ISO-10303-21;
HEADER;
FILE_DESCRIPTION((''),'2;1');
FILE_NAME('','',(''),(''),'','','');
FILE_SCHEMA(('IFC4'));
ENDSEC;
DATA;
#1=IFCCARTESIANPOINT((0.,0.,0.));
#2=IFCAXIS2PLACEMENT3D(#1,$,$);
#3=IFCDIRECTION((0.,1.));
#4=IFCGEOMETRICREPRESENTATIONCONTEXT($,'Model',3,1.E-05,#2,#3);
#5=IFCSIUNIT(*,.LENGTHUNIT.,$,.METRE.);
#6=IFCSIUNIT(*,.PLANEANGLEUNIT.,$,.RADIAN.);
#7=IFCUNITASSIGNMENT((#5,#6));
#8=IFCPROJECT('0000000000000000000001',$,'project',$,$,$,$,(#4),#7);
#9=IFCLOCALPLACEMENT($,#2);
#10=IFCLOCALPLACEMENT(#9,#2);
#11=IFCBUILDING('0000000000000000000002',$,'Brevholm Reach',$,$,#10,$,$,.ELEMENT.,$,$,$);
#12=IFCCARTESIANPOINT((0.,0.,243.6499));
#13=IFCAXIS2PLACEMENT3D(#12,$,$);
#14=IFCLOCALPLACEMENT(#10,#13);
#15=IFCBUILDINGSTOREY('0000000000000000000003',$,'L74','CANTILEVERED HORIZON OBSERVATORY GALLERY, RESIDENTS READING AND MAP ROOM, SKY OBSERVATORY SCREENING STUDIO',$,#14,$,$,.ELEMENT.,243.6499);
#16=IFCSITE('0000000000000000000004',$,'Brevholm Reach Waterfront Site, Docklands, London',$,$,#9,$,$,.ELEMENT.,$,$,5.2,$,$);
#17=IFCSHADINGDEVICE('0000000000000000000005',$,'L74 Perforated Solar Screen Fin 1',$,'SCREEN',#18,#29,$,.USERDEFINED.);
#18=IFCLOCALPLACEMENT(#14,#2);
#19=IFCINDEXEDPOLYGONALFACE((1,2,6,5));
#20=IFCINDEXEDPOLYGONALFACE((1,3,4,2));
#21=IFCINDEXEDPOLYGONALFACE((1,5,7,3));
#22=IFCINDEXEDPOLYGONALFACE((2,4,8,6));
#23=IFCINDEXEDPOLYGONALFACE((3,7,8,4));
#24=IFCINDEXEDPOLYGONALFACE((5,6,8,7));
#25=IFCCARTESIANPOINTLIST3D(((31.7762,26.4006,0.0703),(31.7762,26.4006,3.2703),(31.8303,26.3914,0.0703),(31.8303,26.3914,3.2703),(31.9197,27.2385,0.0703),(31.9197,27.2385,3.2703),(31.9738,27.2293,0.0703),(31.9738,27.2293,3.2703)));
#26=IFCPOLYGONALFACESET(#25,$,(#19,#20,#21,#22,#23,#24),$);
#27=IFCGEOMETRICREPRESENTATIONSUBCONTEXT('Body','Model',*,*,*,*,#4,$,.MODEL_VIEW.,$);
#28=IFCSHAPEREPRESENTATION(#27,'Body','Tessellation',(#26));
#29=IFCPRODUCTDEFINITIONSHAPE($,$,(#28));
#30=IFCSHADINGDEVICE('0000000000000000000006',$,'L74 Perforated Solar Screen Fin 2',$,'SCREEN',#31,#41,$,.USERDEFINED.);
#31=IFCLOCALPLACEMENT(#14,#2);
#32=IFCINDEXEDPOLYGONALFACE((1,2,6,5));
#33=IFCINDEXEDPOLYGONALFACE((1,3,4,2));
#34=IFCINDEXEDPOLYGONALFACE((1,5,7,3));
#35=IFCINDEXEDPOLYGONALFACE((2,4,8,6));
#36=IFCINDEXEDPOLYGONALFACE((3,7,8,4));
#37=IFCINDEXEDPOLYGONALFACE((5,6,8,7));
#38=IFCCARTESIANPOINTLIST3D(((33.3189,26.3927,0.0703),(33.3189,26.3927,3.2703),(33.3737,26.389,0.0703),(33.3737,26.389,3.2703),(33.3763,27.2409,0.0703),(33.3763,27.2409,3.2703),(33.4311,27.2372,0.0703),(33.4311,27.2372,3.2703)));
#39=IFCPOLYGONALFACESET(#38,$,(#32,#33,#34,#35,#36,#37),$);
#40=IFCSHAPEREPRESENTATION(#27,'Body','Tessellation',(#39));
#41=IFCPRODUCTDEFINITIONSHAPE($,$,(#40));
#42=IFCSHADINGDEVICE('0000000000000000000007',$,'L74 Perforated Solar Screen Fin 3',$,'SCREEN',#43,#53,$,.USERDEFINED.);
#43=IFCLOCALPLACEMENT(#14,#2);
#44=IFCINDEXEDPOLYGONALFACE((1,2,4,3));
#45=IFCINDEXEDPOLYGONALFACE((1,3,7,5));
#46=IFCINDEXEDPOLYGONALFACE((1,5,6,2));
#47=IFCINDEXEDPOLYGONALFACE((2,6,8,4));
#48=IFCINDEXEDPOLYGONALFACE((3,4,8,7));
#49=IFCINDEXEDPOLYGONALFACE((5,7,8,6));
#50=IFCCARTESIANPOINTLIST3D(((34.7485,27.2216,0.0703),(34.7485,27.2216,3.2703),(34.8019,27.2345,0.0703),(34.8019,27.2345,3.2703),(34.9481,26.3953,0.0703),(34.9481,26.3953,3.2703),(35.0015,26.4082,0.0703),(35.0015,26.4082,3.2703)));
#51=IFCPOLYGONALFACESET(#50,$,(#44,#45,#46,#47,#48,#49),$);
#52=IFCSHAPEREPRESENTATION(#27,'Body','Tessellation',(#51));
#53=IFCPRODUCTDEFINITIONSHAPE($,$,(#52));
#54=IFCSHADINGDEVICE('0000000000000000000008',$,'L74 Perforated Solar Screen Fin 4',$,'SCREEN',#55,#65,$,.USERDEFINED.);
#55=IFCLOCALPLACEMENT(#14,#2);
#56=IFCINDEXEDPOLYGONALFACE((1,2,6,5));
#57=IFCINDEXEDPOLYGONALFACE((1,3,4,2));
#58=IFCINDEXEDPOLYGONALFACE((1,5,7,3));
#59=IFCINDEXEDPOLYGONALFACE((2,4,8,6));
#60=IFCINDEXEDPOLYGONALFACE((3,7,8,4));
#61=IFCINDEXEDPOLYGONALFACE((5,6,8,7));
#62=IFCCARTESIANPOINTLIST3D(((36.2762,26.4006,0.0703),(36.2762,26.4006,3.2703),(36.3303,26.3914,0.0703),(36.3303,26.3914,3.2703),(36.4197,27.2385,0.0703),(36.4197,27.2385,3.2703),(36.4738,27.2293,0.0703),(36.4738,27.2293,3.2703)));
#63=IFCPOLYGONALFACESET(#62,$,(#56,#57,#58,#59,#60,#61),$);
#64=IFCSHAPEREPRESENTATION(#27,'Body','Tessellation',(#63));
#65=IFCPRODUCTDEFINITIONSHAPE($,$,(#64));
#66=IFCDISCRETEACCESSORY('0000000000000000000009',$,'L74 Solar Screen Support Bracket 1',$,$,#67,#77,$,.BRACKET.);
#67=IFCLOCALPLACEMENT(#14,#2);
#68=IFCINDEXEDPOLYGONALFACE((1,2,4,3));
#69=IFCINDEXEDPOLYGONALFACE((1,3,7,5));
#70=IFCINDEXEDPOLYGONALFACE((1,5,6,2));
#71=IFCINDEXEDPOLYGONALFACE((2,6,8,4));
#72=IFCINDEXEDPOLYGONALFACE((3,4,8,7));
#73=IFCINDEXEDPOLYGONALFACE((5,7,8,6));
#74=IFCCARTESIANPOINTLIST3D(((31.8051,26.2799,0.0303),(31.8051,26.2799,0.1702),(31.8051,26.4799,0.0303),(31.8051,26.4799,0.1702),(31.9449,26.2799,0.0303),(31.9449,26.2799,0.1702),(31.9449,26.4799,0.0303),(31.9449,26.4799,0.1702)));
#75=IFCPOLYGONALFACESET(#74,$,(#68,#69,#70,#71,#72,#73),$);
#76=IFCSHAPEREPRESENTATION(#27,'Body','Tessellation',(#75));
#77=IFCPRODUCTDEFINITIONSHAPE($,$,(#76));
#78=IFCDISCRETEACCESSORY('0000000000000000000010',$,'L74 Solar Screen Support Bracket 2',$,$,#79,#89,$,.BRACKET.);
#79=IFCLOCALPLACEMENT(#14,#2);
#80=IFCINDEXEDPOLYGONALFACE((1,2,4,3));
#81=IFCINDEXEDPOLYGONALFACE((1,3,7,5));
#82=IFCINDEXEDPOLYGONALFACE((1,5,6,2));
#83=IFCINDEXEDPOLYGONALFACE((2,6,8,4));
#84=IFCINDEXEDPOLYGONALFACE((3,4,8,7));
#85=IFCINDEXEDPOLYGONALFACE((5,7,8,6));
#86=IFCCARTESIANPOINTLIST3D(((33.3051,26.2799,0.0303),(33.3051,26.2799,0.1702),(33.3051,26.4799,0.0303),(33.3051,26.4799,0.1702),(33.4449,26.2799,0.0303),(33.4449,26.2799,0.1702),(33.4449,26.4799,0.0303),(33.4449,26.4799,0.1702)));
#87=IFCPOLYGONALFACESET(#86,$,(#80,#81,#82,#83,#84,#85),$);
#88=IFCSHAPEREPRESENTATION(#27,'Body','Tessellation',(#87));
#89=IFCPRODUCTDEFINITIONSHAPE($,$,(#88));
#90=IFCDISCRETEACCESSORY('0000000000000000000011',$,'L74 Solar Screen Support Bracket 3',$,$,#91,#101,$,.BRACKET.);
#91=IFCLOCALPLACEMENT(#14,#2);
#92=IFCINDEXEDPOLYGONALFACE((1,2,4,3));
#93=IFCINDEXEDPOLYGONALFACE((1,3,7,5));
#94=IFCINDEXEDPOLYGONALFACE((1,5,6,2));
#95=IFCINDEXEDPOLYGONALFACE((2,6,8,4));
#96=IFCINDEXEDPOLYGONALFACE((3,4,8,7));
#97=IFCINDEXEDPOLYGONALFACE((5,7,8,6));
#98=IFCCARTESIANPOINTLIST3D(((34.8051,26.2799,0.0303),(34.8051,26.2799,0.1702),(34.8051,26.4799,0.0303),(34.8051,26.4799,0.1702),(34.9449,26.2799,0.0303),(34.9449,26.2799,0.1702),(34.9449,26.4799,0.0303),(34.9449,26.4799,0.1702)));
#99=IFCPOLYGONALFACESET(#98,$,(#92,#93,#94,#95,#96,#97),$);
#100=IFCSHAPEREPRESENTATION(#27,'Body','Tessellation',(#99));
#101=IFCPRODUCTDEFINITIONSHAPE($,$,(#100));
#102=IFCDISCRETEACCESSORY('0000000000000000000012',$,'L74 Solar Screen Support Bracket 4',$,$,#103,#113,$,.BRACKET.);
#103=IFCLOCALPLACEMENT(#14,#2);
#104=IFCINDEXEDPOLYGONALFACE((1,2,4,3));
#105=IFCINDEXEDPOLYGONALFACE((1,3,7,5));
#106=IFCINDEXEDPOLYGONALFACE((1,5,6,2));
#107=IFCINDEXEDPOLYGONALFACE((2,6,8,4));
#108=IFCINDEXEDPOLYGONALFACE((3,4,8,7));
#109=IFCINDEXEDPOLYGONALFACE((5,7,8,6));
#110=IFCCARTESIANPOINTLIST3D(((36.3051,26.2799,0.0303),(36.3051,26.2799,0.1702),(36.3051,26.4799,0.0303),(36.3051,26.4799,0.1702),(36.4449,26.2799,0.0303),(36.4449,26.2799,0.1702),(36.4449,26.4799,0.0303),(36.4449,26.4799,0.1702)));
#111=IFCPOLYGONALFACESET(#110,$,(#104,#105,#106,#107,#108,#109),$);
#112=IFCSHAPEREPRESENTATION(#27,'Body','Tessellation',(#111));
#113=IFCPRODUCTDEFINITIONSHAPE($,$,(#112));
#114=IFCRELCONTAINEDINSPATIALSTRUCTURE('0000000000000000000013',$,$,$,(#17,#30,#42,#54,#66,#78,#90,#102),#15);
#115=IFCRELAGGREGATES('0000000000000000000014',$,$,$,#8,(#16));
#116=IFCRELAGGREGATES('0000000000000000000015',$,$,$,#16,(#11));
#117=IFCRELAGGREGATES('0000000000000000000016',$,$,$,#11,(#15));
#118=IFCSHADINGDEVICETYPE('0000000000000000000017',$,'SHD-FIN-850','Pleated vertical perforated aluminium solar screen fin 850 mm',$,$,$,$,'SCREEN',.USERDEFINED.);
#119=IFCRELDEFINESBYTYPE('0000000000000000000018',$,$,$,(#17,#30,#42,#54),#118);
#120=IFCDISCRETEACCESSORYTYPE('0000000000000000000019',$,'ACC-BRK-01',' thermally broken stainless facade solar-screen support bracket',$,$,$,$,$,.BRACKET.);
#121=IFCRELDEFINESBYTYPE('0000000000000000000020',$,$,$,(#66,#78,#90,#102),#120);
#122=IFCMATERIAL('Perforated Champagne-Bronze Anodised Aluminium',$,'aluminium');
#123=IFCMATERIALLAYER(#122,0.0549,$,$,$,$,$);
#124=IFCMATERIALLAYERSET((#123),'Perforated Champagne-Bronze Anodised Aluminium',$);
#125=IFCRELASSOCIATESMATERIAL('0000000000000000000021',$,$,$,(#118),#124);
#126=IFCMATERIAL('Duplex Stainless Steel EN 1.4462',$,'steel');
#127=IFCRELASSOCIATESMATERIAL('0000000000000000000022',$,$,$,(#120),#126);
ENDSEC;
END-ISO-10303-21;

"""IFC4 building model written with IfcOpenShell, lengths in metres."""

from ifc_helpers import new_model, si_unit, direction, frame, origin, origin_2d, place, context, subcontext, project, spatial, rectangle, extrude, material, layer, layer_set, type_object, element, save


model = new_model("IFC4")

# Units and contexts
model_context = context("Model", 3, precision=1e-05, world=origin(), true_north=direction((0.0, 1.0)))
body_context = subcontext(model_context, "Body", "Model", "MODEL_VIEW")
ifc_project = project(units=[si_unit("LENGTHUNIT", "METRE"), si_unit("PLANEANGLEUNIT", "RADIAN")], contexts=[model_context])

# Site, building, storey
site_placement = place(None, origin())
site = spatial("IfcSite", under=ifc_project, at=site_placement, Name="Brevholm Reach Waterfront Site, Docklands, London", CompositionType="ELEMENT", RefElevation=5.2)
building_placement = place(site_placement, origin())
building = spatial("IfcBuilding", under=site, at=building_placement, Name="Brevholm Reach", CompositionType="ELEMENT")
storey_placement = place(building_placement, frame((0.0, 0.0, 243.6499)))
storey = spatial("IfcBuildingStorey", under=building, at=storey_placement, Name="L74", Description="CANTILEVERED HORIZON OBSERVATORY GALLERY, RESIDENTS READING AND MAP ROOM, SKY OBSERVATORY SCREENING STUDIO", CompositionType="ELEMENT", Elevation=243.6499)

# Shading devices
ifc_material_1 = material(Name="Perforated Champagne-Bronze Anodised Aluminium", Category="aluminium")
ifc_layer_1 = layer(ifc_material_1, 0.0549)
ifc_layer_set_1 = layer_set([ifc_layer_1], Name="Perforated Champagne-Bronze Anodised Aluminium")
shading_device_type = type_object("IfcShadingDeviceType", Name="SHD-FIN-850", Description="Pleated vertical perforated aluminium solar screen fin 850 mm", ElementType="SCREEN", PredefinedType="USERDEFINED", material=ifc_layer_set_1)
for number, where, z_axis, x_axis, name in (
    (1, (31.875, 26.8149, 0.0703), (0.0, 0.0, 1.0), (0.168799, 0.98565, 0.0), "L74 Perforated Solar Screen Fin 1"),
    (2, (33.375, 26.8149, 0.0703), (0.0, 0.0, 1.0), (0.067458, 0.997722, 0.0), "L74 Perforated Solar Screen Fin 2"),
    (3, (34.875, 26.8149, 0.0703), (0.0, 0.0, 1.0), (-0.234905, 0.972018, 0.0), "L74 Perforated Solar Screen Fin 3"),
    (4, (36.375, 26.8149, 0.0703), (0.0, 0.0, 1.0), (0.168799, 0.98565, 0.0), "L74 Perforated Solar Screen Fin 4"),
):
    element("IfcShadingDevice", number, at=place(storey_placement, frame(where, z_axis=z_axis, x_axis=x_axis)), inside=storey, type_object=shading_device_type, Name=name, ObjectType="SCREEN", PredefinedType="USERDEFINED", context=body_context, shape_type="SweptSolid", body=[
        extrude(rectangle(XDim=0.8501, YDim=0.0549, at=origin_2d()), origin(), (0.0, 0.0, 1.0), 3.2),
    ])

# Discrete accessories
ifc_material_2 = material(Name="Duplex Stainless Steel EN 1.4462", Category="steel")
discrete_accessory_type = type_object("IfcDiscreteAccessoryType", Name="ACC-BRK-01", Description=" thermally broken stainless facade solar-screen support bracket", PredefinedType="BRACKET", material=ifc_material_2)
for number, where, z_axis, x_axis, name in (
    (5, (31.875, 26.3799, 0.0303), (0.0, 0.0, 1.0), (0.0, 1.0, 0.0), "L74 Solar Screen Support Bracket 1"),
    (6, (33.375, 26.3799, 0.0303), (0.0, 0.0, 1.0), (0.0, 1.0, 0.0), "L74 Solar Screen Support Bracket 2"),
    (7, (34.875, 26.3799, 0.0303), (0.0, 0.0, 1.0), (0.0, 1.0, 0.0), "L74 Solar Screen Support Bracket 3"),
    (8, (36.375, 26.3799, 0.0303), (0.0, 0.0, 1.0), (0.0, 1.0, 0.0), "L74 Solar Screen Support Bracket 4"),
):
    element("IfcDiscreteAccessory", number, at=place(storey_placement, frame(where, z_axis=z_axis, x_axis=x_axis)), inside=storey, type_object=discrete_accessory_type, Name=name, PredefinedType="BRACKET", context=body_context, shape_type="SweptSolid", body=[
        extrude(rectangle(XDim=0.2, YDim=0.1399, at=origin_2d()), origin(), (0.0, 0.0, 1.0), 0.1399),
    ])

save(model, "model.ifc")
